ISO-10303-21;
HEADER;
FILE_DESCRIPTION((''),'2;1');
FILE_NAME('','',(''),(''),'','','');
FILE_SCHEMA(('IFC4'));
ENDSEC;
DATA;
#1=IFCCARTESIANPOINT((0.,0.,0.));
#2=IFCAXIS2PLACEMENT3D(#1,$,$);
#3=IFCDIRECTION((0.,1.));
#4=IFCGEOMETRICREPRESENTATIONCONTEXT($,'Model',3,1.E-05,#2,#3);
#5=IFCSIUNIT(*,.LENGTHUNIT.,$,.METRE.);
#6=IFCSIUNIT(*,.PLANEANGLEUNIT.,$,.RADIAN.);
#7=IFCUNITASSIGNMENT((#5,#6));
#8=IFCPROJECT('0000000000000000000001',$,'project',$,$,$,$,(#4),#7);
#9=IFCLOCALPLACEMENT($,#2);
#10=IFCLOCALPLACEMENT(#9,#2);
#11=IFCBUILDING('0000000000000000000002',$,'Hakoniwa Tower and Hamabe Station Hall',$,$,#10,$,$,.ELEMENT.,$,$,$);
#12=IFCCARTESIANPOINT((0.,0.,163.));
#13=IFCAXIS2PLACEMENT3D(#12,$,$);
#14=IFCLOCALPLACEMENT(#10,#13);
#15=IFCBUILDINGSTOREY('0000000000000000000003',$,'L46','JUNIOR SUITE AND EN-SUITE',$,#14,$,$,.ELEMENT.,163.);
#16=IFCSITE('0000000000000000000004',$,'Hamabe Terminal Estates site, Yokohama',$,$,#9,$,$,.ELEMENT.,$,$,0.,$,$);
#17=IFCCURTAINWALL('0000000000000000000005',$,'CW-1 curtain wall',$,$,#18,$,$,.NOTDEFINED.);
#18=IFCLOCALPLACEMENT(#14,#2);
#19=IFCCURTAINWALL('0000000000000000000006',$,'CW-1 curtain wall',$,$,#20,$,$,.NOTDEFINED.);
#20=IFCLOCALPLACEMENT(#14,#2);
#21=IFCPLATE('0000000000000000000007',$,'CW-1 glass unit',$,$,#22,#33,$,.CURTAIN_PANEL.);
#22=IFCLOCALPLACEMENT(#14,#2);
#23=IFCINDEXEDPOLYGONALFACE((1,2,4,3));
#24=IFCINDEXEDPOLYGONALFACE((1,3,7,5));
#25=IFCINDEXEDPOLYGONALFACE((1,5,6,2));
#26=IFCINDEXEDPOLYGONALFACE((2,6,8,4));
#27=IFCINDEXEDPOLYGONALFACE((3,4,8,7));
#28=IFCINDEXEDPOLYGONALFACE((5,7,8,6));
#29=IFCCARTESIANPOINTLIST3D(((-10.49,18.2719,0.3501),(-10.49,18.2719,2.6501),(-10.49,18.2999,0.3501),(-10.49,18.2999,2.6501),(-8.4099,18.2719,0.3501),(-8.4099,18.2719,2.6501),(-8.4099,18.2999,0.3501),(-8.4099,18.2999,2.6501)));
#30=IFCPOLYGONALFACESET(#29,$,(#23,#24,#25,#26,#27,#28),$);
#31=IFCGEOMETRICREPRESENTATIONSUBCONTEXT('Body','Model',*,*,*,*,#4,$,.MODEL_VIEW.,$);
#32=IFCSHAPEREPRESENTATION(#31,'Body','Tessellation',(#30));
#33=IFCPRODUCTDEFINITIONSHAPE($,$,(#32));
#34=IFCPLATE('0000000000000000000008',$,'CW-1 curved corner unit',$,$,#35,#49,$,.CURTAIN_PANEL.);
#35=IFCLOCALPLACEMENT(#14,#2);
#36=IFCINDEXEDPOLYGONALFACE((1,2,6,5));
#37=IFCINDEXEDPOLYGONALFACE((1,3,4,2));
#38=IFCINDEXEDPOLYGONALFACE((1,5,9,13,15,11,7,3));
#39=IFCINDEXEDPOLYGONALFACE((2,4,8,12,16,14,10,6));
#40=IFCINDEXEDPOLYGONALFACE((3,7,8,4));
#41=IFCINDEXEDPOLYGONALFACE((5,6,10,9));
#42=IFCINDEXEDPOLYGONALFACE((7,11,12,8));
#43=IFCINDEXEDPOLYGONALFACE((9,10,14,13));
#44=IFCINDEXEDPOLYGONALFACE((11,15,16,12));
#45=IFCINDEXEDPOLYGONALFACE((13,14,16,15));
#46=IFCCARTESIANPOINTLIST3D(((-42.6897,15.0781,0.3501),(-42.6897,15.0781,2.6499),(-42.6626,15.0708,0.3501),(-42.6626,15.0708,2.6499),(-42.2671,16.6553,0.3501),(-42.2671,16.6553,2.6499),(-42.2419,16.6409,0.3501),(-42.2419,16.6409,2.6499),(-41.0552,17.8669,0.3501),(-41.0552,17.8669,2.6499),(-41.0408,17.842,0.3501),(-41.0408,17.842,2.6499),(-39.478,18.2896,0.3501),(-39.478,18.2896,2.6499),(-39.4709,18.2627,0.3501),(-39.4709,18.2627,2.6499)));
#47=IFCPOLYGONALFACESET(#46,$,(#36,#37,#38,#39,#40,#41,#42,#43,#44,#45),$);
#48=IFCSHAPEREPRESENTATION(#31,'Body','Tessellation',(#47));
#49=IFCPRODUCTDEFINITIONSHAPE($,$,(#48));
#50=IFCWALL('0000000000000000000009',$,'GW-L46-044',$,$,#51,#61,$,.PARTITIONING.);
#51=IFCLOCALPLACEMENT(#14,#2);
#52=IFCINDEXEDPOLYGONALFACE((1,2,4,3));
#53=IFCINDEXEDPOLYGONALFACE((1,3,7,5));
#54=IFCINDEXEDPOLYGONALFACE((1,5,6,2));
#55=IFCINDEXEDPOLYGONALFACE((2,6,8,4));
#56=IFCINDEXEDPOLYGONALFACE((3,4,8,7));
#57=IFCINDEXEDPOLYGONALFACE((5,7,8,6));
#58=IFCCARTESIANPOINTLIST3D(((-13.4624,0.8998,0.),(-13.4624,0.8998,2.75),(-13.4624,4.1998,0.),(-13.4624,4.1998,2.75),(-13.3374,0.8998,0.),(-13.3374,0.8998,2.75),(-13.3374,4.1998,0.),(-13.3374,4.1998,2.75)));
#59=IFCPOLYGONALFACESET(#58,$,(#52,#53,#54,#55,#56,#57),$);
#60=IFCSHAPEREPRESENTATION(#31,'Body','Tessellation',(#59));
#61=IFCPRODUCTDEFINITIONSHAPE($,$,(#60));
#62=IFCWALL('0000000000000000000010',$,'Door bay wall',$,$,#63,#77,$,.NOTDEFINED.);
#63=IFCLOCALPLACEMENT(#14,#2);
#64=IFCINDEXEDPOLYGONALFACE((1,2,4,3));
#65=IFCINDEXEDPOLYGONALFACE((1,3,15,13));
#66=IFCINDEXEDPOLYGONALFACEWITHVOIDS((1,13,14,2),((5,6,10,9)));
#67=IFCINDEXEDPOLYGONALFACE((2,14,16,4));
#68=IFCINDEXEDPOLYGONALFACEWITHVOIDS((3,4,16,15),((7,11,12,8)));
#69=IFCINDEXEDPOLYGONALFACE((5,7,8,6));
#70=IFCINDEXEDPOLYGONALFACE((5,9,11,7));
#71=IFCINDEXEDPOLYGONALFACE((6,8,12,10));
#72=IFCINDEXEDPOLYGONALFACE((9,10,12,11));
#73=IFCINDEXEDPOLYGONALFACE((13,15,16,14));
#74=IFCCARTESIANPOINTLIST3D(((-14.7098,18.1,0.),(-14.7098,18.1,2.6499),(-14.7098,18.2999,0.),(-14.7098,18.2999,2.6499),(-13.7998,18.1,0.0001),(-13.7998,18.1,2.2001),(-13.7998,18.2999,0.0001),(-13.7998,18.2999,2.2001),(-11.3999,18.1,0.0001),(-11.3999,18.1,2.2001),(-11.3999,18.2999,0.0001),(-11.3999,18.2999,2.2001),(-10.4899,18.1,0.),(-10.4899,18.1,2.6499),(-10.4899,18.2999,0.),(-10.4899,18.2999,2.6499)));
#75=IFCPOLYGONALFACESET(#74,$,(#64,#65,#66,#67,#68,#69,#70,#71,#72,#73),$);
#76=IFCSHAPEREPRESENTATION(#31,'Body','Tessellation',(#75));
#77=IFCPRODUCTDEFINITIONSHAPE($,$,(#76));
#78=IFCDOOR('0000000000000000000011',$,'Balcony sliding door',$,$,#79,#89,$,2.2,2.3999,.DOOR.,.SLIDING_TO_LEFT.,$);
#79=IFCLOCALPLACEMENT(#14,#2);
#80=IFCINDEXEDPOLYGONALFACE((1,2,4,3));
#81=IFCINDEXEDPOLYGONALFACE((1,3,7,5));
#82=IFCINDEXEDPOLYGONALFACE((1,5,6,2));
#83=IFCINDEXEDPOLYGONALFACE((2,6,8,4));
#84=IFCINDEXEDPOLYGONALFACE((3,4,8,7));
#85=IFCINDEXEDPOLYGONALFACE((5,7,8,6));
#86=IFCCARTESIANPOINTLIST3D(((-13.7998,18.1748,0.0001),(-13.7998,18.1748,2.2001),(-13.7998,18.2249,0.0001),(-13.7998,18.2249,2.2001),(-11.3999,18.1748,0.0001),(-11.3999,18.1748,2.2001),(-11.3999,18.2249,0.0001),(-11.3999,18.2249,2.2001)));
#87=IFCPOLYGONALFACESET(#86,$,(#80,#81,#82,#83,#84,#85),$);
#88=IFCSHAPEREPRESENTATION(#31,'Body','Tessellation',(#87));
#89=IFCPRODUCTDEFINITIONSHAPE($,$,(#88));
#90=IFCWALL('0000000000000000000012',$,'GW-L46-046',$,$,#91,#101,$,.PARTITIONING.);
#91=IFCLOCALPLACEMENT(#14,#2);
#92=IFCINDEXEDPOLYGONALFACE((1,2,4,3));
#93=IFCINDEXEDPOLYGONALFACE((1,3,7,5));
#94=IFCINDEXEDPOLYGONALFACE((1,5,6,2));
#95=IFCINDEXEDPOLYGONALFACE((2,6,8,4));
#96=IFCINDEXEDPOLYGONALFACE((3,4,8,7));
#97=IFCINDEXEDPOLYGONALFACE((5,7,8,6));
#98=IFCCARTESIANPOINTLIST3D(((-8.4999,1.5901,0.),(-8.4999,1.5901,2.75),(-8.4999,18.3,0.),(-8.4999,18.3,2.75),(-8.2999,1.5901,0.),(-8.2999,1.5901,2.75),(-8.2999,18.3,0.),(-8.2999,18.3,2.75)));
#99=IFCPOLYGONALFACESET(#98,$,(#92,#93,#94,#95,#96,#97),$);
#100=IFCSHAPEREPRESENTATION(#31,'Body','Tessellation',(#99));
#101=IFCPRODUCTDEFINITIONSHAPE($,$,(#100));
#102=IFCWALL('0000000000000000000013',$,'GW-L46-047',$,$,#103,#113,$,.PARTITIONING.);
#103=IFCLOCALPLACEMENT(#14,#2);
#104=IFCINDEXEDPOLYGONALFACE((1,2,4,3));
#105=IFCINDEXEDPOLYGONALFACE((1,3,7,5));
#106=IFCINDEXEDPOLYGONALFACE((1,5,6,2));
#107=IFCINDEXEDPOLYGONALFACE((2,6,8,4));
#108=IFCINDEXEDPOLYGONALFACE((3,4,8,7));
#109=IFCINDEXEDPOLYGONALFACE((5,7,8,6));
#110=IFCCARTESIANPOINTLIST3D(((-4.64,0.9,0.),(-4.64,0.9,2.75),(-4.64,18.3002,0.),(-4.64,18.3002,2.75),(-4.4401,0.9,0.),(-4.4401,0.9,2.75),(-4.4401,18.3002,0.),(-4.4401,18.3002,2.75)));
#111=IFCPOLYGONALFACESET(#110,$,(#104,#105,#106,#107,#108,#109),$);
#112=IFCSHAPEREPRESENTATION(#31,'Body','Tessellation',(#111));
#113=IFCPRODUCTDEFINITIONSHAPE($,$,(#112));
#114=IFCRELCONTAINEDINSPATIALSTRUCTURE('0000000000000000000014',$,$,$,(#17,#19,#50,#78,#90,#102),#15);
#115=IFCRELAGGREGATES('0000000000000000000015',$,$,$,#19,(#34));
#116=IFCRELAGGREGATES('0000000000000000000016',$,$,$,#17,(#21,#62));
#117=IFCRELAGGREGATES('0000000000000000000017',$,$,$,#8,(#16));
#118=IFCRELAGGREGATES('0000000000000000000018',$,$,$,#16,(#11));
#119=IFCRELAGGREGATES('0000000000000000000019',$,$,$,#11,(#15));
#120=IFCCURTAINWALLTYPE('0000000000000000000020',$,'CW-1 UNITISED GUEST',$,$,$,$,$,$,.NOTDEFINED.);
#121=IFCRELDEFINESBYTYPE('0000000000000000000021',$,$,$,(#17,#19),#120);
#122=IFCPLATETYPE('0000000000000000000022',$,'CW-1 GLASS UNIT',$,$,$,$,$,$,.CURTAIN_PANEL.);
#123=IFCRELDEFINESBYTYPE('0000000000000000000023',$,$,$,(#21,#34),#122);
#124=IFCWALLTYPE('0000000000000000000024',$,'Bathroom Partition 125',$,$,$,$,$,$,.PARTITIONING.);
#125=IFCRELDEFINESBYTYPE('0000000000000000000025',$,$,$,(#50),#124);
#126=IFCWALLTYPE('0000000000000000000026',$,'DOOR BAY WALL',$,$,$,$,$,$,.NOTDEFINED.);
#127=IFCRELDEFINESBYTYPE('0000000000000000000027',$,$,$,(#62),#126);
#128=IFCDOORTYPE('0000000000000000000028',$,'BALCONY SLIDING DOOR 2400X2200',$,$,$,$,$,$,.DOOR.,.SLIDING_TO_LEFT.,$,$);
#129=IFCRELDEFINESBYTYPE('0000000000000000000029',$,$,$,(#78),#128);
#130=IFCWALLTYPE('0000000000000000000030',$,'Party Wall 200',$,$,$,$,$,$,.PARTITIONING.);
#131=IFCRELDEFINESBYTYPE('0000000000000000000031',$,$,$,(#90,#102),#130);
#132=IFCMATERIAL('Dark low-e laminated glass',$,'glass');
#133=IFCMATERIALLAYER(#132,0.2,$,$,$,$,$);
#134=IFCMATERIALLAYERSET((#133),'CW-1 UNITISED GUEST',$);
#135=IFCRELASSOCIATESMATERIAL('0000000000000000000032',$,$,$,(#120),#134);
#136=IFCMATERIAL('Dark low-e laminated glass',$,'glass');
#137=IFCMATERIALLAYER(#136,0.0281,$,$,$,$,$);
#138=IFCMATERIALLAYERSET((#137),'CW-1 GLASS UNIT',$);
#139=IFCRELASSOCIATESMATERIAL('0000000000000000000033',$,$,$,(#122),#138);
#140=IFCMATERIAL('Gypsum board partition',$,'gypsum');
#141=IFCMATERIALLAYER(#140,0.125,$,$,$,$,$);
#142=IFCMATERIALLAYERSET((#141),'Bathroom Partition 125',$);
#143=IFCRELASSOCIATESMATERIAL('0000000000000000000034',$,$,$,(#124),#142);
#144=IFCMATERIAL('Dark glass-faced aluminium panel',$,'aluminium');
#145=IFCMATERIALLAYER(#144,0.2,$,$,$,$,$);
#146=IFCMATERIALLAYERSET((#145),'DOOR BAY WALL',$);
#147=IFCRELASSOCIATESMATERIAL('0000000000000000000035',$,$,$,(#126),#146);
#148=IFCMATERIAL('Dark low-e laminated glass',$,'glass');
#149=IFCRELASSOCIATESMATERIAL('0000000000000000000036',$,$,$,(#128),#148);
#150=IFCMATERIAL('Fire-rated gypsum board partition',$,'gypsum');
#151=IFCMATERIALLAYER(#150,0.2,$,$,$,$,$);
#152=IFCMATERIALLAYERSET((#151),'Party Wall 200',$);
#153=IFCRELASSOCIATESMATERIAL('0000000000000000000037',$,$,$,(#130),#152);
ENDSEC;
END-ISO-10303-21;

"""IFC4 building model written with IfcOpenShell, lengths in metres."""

from ifc_helpers import new_model, si_unit, direction, frame, frame_2d, origin, origin_2d, place, context, subcontext, project, spatial, polyline, rectangle, outline, extrude, material, layer, layer_set, type_object, element, fill, aggregate, save


model = new_model("IFC4")

# Units and contexts
model_context = context("Model", 3, precision=1e-05, world=origin(), true_north=direction((0.0, 1.0)))
body_context = subcontext(model_context, "Body", "Model", "MODEL_VIEW")
ifc_project = project(units=[si_unit("LENGTHUNIT", "METRE"), si_unit("PLANEANGLEUNIT", "RADIAN")], contexts=[model_context])

# Site, building, storey
site_placement = place(None, origin())
site = spatial("IfcSite", under=ifc_project, at=site_placement, Name="Hamabe Terminal Estates site, Yokohama", CompositionType="ELEMENT", RefElevation=0.0)
building_placement = place(site_placement, origin())
building = spatial("IfcBuilding", under=site, at=building_placement, Name="Hakoniwa Tower and Hamabe Station Hall", CompositionType="ELEMENT")
storey_placement = place(building_placement, frame((0.0, 0.0, 163.0)))
storey = spatial("IfcBuildingStorey", under=building, at=storey_placement, Name="L46", Description="JUNIOR SUITE AND EN-SUITE", CompositionType="ELEMENT", Elevation=163.0)

# Curtain walls
ifc_material_1 = material(Name="Dark low-e laminated glass", Category="glass")
ifc_layer_1 = layer(ifc_material_1, 0.2)
ifc_layer_set_1 = layer_set([ifc_layer_1], Name="CW-1 UNITISED GUEST")
curtain_wall_type = type_object("IfcCurtainWallType", Name="CW-1 UNITISED GUEST", PredefinedType="NOTDEFINED", material=ifc_layer_set_1)
curtain_wall_1_placement = place(storey_placement, origin())
curtain_wall_1 = element("IfcCurtainWall", 1, at=curtain_wall_1_placement, inside=storey, type_object=curtain_wall_type, Name="CW-1 curtain wall", PredefinedType="NOTDEFINED")
curtain_wall_2_placement = place(storey_placement, origin())
curtain_wall_2 = element("IfcCurtainWall", 2, at=curtain_wall_2_placement, inside=storey, type_object=curtain_wall_type, Name="CW-1 curtain wall", PredefinedType="NOTDEFINED")

# Plates
ifc_material_2 = material(Name="Dark low-e laminated glass", Category="glass")
ifc_layer_2 = layer(ifc_material_2, 0.0281)
ifc_layer_set_2 = layer_set([ifc_layer_2], Name="CW-1 GLASS UNIT")
plate_type = type_object("IfcPlateType", Name="CW-1 GLASS UNIT", PredefinedType="CURTAIN_PANEL", material=ifc_layer_set_2)
plate_1_placement = place(storey_placement, frame((-9.45, 18.2859, 0.3501), z_axis=(0.0, 0.0, 1.0), x_axis=(-1.0, 0.0, 0.0)))
plate_1 = element("IfcPlate", 3, at=plate_1_placement, type_object=plate_type, Name="CW-1 glass unit", PredefinedType="CURTAIN_PANEL", context=body_context, shape_type="SweptSolid", body=[
    extrude(rectangle(XDim=2.0801, YDim=0.0281, at=origin_2d()), origin(), (0.0, 0.0, 1.0), 2.3),
])
plate_2_placement = place(storey_placement, frame((0.0, 0.0, 0.3501)))
plate_2 = element("IfcPlate", 4, at=plate_2_placement, type_object=plate_type, Name="CW-1 curved corner unit", PredefinedType="CURTAIN_PANEL", context=body_context, shape_type="SweptSolid", body=[
    extrude(outline(polyline([(-39.478, 18.2896), (-41.0552, 17.8669), (-42.2671, 16.6553), (-42.6897, 15.0781), (-42.6626, 15.0708), (-42.2419, 16.6409), (-41.0408, 17.842), (-39.4709, 18.2627), (-39.478, 18.2896)])), origin(), (0.0, 0.0, 1.0), 2.2998),
])
aggregate(curtain_wall_2, [plate_2])

# Wall
ifc_material_3 = material(Name="Gypsum board partition", Category="gypsum")
ifc_layer_3 = layer(ifc_material_3, 0.125)
ifc_layer_set_3 = layer_set([ifc_layer_3], Name="Bathroom Partition 125")
wall_type_1 = type_object("IfcWallType", Name="Bathroom Partition 125", PredefinedType="PARTITIONING", material=ifc_layer_set_3)
wall_1_placement = place(storey_placement, frame((-13.3999, 0.8999, 0.0), z_axis=(0.0, 0.0, 1.0), x_axis=(0.0, 1.0, 0.0)))
element("IfcWall", 5, at=wall_1_placement, inside=storey, type_object=wall_type_1, Name="GW-L46-044", PredefinedType="PARTITIONING", context=body_context, shape_type="SweptSolid", body=[
    extrude(rectangle(XDim=3.3, YDim=0.125, at=frame_2d((1.6499, 0.0))), origin(), (0.0, 0.0, 1.0), 2.75),
])

# Wall, opening, door
ifc_material_4 = material(Name="Dark glass-faced aluminium panel", Category="aluminium")
ifc_layer_4 = layer(ifc_material_4, 0.2)
ifc_layer_set_4 = layer_set([ifc_layer_4], Name="DOOR BAY WALL")
wall_type_2 = type_object("IfcWallType", Name="DOOR BAY WALL", PredefinedType="NOTDEFINED", material=ifc_layer_set_4)
wall_2_placement = place(storey_placement, frame((-10.49, 18.2, 0.0), z_axis=(0.0, 0.0, 1.0), x_axis=(-1.0, 0.0, 0.0)))
wall_2 = element("IfcWall", 6, at=wall_2_placement, type_object=wall_type_2, Name="Door bay wall", PredefinedType="NOTDEFINED", context=body_context, shape_type="SweptSolid", body=[
    extrude(rectangle(XDim=4.22, YDim=0.2, at=frame_2d((2.1099, 0.0))), origin(), (0.0, 0.0, 1.0), 2.6499),
])
opening_placement = place(wall_2_placement, frame((0.9099, 0.0, 0.0)))
opening = element("IfcOpeningElement", 7, at=opening_placement, cuts=wall_2, PredefinedType="OPENING", context=body_context, shape_type="SweptSolid", body=[
    extrude(rectangle(XDim=2.3999, YDim=2.2, at=frame_2d((1.2, 1.1001))), frame((0.0, 0.1099, 0.0), z_axis=(0.0, -1.0, 0.0), x_axis=(1.0, 0.0, 0.0)), (0.0, 0.0, 1.0), 0.22),
])
ifc_material_5 = material(Name="Dark low-e laminated glass", Category="glass")
door_type = type_object("IfcDoorType", Name="BALCONY SLIDING DOOR 2400X2200", OperationType="SLIDING_TO_LEFT", PredefinedType="DOOR", material=ifc_material_5)
door_placement = place(opening_placement, frame((2.3999, 0.0, 0.0), z_axis=(0.0, 0.0, 1.0), x_axis=(-1.0, 0.0, 0.0)))
door = element("IfcDoor", 8, at=door_placement, inside=storey, type_object=door_type, Name="Balcony sliding door", OperationType="SLIDING_TO_LEFT", OverallHeight=2.2, OverallWidth=2.3999, PredefinedType="DOOR", context=body_context, shape_type="SweptSolid", body=[
    extrude(rectangle(XDim=2.3999, YDim=2.2, at=frame_2d((1.2, 1.1001))), frame((0.0, 0.0249, 0.0), z_axis=(0.0, -1.0, 0.0), x_axis=(1.0, 0.0, 0.0)), (0.0, 0.0, 1.0), 0.05),
])
fill(opening, door)
aggregate(curtain_wall_1, [plate_1, wall_2])

# Walls
ifc_material_6 = material(Name="Fire-rated gypsum board partition", Category="gypsum")
ifc_layer_5 = layer(ifc_material_6, 0.2)
ifc_layer_set_5 = layer_set([ifc_layer_5], Name="Party Wall 200")
wall_type_3 = type_object("IfcWallType", Name="Party Wall 200", PredefinedType="PARTITIONING", material=ifc_layer_set_5)
wall_3_placement = place(storey_placement, frame((-8.3999, 1.5901, 0.0), z_axis=(0.0, 0.0, 1.0), x_axis=(0.0, 1.0, 0.0)))
element("IfcWall", 9, at=wall_3_placement, inside=storey, type_object=wall_type_3, Name="GW-L46-046", PredefinedType="PARTITIONING", context=body_context, shape_type="SweptSolid", body=[
    extrude(rectangle(XDim=16.71, YDim=0.2, at=frame_2d((8.355, 0.0))), origin(), (0.0, 0.0, 1.0), 2.75),
])
wall_4_placement = place(storey_placement, frame((-4.54, 0.8999, 0.0), z_axis=(0.0, 0.0, 1.0), x_axis=(0.0, 1.0, 0.0)))
element("IfcWall", 10, at=wall_4_placement, inside=storey, type_object=wall_type_3, Name="GW-L46-047", PredefinedType="PARTITIONING", context=body_context, shape_type="SweptSolid", body=[
    extrude(rectangle(XDim=17.4001, YDim=0.2, at=frame_2d((8.7002, 0.0))), origin(), (0.0, 0.0, 1.0), 2.75),
])

save(model, "model.ifc")
